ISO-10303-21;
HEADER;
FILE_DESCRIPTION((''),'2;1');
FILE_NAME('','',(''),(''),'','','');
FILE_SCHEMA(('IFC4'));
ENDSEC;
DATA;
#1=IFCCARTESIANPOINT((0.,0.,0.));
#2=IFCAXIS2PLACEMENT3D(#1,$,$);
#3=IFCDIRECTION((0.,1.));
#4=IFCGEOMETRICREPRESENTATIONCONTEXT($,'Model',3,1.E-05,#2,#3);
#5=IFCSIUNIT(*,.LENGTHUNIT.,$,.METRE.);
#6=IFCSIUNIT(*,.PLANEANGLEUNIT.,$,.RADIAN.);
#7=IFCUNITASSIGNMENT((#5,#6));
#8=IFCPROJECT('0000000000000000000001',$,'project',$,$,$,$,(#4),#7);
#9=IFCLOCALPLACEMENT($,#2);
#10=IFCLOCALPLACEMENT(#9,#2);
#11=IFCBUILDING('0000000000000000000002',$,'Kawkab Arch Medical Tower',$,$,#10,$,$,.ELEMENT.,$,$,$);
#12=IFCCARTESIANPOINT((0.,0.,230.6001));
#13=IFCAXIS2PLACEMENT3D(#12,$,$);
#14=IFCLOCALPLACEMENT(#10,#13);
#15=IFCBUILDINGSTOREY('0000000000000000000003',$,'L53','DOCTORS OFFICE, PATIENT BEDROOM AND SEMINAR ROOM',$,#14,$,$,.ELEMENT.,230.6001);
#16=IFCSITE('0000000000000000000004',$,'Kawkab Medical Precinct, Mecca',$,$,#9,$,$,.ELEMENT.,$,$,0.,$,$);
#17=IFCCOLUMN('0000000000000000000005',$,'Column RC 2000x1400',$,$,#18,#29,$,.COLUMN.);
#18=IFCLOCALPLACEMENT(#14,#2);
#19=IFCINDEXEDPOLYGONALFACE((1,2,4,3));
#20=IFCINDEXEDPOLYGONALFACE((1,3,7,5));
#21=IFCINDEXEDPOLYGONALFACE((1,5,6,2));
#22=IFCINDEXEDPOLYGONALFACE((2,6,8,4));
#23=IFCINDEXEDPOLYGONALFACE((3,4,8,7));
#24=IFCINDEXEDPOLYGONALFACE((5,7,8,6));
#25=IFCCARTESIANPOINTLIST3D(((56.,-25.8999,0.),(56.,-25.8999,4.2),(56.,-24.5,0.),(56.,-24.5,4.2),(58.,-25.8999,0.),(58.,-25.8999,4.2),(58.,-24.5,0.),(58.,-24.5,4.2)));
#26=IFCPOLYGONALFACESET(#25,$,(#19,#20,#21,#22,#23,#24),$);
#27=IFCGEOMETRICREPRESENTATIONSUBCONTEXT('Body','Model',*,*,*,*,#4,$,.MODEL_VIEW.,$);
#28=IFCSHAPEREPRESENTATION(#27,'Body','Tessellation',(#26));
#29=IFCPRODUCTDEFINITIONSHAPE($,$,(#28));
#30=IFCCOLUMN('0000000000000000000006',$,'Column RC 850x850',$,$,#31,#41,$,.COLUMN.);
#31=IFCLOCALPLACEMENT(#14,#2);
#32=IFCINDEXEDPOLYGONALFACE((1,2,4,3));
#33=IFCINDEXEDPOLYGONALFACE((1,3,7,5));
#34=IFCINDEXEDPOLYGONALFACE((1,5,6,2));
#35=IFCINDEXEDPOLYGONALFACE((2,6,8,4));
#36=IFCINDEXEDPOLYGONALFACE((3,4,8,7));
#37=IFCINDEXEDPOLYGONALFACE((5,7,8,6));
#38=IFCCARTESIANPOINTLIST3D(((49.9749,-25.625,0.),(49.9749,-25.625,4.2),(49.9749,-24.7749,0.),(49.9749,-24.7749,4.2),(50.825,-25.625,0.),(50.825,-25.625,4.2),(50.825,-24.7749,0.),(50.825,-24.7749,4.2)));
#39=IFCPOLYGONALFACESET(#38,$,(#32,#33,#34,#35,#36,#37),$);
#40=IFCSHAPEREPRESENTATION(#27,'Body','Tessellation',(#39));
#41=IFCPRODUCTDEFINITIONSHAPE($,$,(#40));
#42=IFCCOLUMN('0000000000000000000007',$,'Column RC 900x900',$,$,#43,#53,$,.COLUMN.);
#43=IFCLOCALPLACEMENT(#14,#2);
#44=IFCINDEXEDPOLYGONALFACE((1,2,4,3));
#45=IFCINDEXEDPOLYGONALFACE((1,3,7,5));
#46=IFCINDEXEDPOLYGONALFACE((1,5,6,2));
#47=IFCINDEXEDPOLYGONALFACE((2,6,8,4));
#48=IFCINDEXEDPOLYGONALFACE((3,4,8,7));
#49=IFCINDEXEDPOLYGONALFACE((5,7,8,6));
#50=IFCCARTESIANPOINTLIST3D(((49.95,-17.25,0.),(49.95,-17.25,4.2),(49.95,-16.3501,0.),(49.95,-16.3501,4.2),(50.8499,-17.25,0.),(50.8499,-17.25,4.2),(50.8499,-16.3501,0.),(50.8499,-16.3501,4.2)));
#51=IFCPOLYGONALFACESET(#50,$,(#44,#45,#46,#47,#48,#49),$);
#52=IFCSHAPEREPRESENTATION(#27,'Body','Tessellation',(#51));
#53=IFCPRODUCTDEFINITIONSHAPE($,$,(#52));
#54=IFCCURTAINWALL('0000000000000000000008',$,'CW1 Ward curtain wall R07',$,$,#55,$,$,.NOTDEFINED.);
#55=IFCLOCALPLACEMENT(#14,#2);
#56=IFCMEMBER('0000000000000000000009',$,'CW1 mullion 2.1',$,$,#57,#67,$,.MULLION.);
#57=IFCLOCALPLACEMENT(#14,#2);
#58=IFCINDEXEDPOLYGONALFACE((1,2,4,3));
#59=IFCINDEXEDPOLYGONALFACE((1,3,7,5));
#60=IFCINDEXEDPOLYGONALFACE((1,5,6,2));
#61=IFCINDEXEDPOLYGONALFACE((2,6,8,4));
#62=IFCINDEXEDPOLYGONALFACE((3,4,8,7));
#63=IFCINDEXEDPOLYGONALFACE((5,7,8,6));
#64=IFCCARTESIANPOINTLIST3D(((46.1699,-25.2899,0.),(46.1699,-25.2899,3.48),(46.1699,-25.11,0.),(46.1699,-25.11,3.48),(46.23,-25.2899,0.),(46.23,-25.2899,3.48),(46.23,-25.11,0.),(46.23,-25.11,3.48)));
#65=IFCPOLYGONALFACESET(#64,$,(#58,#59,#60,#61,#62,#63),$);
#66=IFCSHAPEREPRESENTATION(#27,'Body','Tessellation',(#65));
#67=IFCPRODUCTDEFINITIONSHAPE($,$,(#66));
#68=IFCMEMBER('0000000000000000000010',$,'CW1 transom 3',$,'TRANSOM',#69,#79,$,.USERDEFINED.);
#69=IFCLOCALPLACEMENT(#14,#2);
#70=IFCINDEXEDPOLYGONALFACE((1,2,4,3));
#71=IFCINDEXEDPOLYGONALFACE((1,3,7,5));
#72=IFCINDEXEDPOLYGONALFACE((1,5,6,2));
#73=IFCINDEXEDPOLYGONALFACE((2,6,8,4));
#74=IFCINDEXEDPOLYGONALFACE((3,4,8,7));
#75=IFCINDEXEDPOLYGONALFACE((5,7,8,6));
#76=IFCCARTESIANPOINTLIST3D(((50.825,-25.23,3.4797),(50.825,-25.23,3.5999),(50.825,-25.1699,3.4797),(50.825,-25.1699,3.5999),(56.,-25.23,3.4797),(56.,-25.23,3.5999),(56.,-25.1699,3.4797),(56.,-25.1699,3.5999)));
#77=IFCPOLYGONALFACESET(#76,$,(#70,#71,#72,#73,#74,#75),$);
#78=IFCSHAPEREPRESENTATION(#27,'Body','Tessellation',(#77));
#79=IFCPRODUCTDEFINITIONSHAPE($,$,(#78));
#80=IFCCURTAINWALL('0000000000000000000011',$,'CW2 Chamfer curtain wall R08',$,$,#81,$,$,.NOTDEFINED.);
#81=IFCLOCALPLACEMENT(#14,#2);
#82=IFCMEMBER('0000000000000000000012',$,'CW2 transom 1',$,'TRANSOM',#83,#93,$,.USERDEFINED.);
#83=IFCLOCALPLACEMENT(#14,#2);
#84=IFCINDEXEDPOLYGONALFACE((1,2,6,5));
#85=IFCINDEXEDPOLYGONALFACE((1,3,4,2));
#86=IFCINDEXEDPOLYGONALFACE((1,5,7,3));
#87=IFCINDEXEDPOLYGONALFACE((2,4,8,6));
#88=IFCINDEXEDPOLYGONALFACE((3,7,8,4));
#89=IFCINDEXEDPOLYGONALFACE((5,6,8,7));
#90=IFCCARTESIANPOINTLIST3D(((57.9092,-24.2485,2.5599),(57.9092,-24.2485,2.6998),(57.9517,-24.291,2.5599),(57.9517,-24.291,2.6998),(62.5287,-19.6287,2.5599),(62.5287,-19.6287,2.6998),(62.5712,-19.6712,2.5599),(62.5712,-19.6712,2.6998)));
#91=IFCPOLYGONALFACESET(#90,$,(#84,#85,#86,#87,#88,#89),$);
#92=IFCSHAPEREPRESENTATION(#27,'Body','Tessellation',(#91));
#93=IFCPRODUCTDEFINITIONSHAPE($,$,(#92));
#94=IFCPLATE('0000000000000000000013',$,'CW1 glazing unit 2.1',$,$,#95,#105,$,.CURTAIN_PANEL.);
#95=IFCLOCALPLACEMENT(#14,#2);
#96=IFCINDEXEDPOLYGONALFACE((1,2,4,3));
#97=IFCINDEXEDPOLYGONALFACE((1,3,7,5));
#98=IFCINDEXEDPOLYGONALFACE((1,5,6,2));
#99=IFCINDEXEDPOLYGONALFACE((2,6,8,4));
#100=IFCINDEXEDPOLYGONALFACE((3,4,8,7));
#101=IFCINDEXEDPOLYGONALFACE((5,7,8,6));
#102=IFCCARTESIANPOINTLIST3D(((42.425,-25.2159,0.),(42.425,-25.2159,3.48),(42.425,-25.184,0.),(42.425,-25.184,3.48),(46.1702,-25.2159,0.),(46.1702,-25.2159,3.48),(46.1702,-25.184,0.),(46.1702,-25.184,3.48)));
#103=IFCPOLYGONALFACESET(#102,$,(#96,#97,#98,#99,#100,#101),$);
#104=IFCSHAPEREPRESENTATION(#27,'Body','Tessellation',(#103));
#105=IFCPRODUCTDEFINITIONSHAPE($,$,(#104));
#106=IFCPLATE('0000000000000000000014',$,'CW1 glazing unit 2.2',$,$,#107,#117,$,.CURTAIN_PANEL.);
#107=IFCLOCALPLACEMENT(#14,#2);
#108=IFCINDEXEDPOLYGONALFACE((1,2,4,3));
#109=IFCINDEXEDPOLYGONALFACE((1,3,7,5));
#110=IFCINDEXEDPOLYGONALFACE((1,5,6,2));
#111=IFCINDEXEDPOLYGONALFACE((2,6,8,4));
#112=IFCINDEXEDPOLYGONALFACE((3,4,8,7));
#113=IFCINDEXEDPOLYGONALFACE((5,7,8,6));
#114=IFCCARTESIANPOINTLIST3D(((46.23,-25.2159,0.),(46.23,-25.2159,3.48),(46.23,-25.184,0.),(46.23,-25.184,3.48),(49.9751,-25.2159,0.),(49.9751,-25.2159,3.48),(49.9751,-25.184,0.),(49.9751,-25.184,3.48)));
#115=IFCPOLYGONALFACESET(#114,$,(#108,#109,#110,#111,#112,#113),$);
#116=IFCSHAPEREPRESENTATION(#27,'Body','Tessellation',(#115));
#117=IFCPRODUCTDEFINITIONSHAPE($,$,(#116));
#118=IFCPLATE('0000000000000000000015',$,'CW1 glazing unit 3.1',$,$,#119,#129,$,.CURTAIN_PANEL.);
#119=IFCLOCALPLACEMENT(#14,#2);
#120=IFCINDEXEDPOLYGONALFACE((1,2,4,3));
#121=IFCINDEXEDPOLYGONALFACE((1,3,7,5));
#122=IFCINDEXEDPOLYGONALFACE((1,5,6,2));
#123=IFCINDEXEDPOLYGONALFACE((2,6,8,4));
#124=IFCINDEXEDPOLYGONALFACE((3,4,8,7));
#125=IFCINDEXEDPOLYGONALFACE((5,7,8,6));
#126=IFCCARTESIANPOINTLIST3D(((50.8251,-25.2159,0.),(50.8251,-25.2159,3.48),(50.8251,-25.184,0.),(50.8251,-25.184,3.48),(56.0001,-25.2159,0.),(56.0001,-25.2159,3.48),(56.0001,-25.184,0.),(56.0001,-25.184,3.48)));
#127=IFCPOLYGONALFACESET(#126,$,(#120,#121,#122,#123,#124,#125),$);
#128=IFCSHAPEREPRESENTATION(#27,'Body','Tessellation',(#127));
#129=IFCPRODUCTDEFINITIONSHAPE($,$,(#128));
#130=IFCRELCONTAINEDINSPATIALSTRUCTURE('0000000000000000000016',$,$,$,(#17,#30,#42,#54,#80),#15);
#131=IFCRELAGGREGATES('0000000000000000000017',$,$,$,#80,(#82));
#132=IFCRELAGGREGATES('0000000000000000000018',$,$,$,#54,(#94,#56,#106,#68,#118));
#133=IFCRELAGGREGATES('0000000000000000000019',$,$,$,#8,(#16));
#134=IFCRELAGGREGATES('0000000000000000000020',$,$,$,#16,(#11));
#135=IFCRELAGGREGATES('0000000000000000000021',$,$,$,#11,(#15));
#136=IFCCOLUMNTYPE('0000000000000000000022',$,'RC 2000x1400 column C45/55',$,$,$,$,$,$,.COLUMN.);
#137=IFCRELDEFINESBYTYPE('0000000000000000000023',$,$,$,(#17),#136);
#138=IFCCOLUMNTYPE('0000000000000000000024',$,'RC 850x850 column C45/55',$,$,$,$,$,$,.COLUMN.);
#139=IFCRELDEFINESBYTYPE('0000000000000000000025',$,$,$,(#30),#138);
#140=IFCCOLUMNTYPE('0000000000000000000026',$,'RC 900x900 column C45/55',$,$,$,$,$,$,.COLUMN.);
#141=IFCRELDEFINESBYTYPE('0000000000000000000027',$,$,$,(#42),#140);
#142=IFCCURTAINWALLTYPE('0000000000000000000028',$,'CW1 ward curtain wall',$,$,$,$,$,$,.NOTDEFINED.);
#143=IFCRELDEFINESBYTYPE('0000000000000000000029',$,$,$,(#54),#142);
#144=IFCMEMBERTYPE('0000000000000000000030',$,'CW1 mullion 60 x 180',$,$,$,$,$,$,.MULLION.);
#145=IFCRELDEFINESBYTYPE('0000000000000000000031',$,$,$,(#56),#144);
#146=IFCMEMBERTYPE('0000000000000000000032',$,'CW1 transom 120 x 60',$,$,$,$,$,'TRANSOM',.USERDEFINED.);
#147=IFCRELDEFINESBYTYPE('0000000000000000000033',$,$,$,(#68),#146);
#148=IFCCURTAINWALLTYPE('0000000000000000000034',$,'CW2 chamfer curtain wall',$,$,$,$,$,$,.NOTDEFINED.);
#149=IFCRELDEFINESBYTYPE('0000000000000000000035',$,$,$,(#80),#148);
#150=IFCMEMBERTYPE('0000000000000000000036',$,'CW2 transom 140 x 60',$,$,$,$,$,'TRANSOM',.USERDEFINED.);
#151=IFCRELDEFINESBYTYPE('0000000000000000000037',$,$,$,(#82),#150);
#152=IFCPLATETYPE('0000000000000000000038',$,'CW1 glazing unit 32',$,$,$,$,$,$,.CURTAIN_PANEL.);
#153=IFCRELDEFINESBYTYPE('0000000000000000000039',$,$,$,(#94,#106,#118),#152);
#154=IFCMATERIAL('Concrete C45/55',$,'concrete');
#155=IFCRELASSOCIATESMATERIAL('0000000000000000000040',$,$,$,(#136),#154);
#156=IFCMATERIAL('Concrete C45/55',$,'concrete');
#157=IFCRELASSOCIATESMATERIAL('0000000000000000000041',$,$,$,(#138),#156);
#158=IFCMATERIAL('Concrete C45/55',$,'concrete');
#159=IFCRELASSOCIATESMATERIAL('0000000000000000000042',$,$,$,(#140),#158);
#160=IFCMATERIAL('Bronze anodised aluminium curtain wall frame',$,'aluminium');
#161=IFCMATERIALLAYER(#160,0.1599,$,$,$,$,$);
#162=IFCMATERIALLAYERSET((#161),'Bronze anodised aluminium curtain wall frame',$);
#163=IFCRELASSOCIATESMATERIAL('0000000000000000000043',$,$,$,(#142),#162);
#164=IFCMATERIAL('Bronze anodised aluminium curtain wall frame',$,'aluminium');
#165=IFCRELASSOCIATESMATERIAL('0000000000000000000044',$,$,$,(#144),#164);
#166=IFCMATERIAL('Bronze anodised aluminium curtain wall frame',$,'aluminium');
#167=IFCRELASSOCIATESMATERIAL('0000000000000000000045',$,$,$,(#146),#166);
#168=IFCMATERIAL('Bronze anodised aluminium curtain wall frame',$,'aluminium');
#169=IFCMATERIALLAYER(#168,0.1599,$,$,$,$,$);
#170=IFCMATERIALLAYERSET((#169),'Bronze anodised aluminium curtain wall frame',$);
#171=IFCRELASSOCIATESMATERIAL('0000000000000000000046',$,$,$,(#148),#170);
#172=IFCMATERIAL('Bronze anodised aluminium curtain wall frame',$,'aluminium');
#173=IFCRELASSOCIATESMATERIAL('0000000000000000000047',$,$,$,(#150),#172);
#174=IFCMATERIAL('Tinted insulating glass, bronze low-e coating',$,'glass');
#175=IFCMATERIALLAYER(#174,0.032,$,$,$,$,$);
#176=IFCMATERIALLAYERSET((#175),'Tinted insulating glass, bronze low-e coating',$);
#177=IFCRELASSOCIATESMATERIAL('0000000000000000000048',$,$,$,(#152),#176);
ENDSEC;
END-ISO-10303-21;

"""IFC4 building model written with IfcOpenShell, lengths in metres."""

from ifc_helpers import new_model, si_unit, direction, frame, origin, origin_2d, place, context, subcontext, project, spatial, rectangle, extrude, material, layer, layer_set, material_profile, profile_set, type_object, element, aggregate, save


model = new_model("IFC4")

# Units and contexts
model_context = context("Model", 3, precision=1e-05, world=origin(), true_north=direction((0.0, 1.0)))
body_context = subcontext(model_context, "Body", "Model", "MODEL_VIEW")
ifc_project = project(units=[si_unit("LENGTHUNIT", "METRE"), si_unit("PLANEANGLEUNIT", "RADIAN")], contexts=[model_context])

# Site, building, storey
site_placement = place(None, origin())
site = spatial("IfcSite", under=ifc_project, at=site_placement, Name="Kawkab Medical Precinct, Mecca", CompositionType="ELEMENT", RefElevation=0.0)
building_placement = place(site_placement, origin())
building = spatial("IfcBuilding", under=site, at=building_placement, Name="Kawkab Arch Medical Tower", CompositionType="ELEMENT")
storey_placement = place(building_placement, frame((0.0, 0.0, 230.6001)))
storey = spatial("IfcBuildingStorey", under=building, at=storey_placement, Name="L53", Description="DOCTORS OFFICE, PATIENT BEDROOM AND SEMINAR ROOM", CompositionType="ELEMENT", Elevation=230.6001)

# Columns
ifc_material_1 = material(Name="Concrete C45/55", Category="concrete")
ifc_material_profile_1 = material_profile(ifc_material_1, rectangle(XDim=2.0, YDim=1.3999, at=origin_2d()), Name="RC 2000x1400")
ifc_profile_set_1 = profile_set([ifc_material_profile_1], Name="Concrete C45/55")
column_type_1 = type_object("IfcColumnType", Name="RC 2000x1400 column C45/55", PredefinedType="COLUMN", material=ifc_profile_set_1)
column_1_placement = place(storey_placement, frame((57.0, -25.2, 0.0), z_axis=(0.0, 0.0, 1.0), x_axis=(-1.0, 0.0, 0.0)))
element("IfcColumn", 1, at=column_1_placement, inside=storey, type_object=column_type_1, Name="Column RC 2000x1400", PredefinedType="COLUMN", context=body_context, shape_type="SweptSolid", body=[
    extrude(rectangle(XDim=2.0, YDim=1.3999, at=origin_2d()), origin(), (0.0, 0.0, 1.0), 4.2),
])
ifc_material_2 = material(Name="Concrete C45/55", Category="concrete")
ifc_material_profile_2 = material_profile(ifc_material_2, rectangle(XDim=0.8501, YDim=0.8501, at=origin_2d()), Name="RC 850x850")
ifc_profile_set_2 = profile_set([ifc_material_profile_2], Name="Concrete C45/55")
column_type_2 = type_object("IfcColumnType", Name="RC 850x850 column C45/55", PredefinedType="COLUMN", material=ifc_profile_set_2)
column_2_placement = place(storey_placement, frame((50.3999, -25.2, 0.0), z_axis=(0.0, 0.0, 1.0), x_axis=(1.0, 0.0, 0.0)))
element("IfcColumn", 2, at=column_2_placement, inside=storey, type_object=column_type_2, Name="Column RC 850x850", PredefinedType="COLUMN", context=body_context, shape_type="SweptSolid", body=[
    extrude(rectangle(XDim=0.8501, YDim=0.8501, at=origin_2d()), origin(), (0.0, 0.0, 1.0), 4.2),
])
ifc_material_3 = material(Name="Concrete C45/55", Category="concrete")
ifc_material_profile_3 = material_profile(ifc_material_3, rectangle(XDim=0.8999, YDim=0.8999, at=origin_2d()), Name="RC 900x900")
ifc_profile_set_3 = profile_set([ifc_material_profile_3], Name="Concrete C45/55")
column_type_3 = type_object("IfcColumnType", Name="RC 900x900 column C45/55", PredefinedType="COLUMN", material=ifc_profile_set_3)
column_3_placement = place(storey_placement, frame((50.3999, -16.8, 0.0), z_axis=(0.0, 0.0, 1.0), x_axis=(1.0, 0.0, 0.0)))
element("IfcColumn", 3, at=column_3_placement, inside=storey, type_object=column_type_3, Name="Column RC 900x900", PredefinedType="COLUMN", context=body_context, shape_type="SweptSolid", body=[
    extrude(rectangle(XDim=0.8999, YDim=0.8999, at=origin_2d()), origin(), (0.0, 0.0, 1.0), 4.2),
])

# Curtain wall, members
ifc_material_4 = material(Name="Bronze anodised aluminium curtain wall frame", Category="aluminium")
ifc_layer_1 = layer(ifc_material_4, 0.1599)
ifc_layer_set_1 = layer_set([ifc_layer_1], Name="Bronze anodised aluminium curtain wall frame")
curtain_wall_type_1 = type_object("IfcCurtainWallType", Name="CW1 ward curtain wall", PredefinedType="NOTDEFINED", material=ifc_layer_set_1)
placement = place(storey_placement, origin())
curtain_wall_1 = element("IfcCurtainWall", 4, at=placement, inside=storey, type_object=curtain_wall_type_1, Name="CW1 Ward curtain wall R07", PredefinedType="NOTDEFINED")
ifc_material_5 = material(Name="Bronze anodised aluminium curtain wall frame", Category="aluminium")
ifc_material_profile_4 = material_profile(ifc_material_5, rectangle(XDim=0.1799, YDim=0.0601, at=origin_2d()), Name="AL 60x180")
ifc_profile_set_4 = profile_set([ifc_material_profile_4], Name="Bronze anodised aluminium curtain wall frame")
member_type_1 = type_object("IfcMemberType", Name="CW1 mullion 60 x 180", PredefinedType="MULLION", material=ifc_profile_set_4)
member_1_placement = place(storey_placement, frame((46.2, -25.2, 0.0), z_axis=(0.0, 0.0, 1.0), x_axis=(0.0, 1.0, 0.0)))
member_1 = element("IfcMember", 5, at=member_1_placement, type_object=member_type_1, Name="CW1 mullion 2.1", PredefinedType="MULLION", context=body_context, shape_type="SweptSolid", body=[
    extrude(rectangle(XDim=0.1799, YDim=0.0601, at=origin_2d()), origin(), (0.0, 0.0, 1.0), 3.48),
])
ifc_material_6 = material(Name="Bronze anodised aluminium curtain wall frame", Category="aluminium")
ifc_material_profile_5 = material_profile(ifc_material_6, rectangle(XDim=0.0601, YDim=0.1201, at=origin_2d()), Name="AL 60x120")
ifc_profile_set_5 = profile_set([ifc_material_profile_5], Name="Bronze anodised aluminium curtain wall frame")
member_type_2 = type_object("IfcMemberType", Name="CW1 transom 120 x 60", ElementType="TRANSOM", PredefinedType="USERDEFINED", material=ifc_profile_set_5)
member_2_placement = place(storey_placement, frame((50.825, -25.2, 3.5398), z_axis=(1.0, 0.0, 0.0), x_axis=(0.0, 1.0, 0.0)))
member_2 = element("IfcMember", 6, at=member_2_placement, type_object=member_type_2, Name="CW1 transom 3", ObjectType="TRANSOM", PredefinedType="USERDEFINED", context=body_context, shape_type="SweptSolid", body=[
    extrude(rectangle(XDim=0.0601, YDim=0.1201, at=origin_2d()), origin(), (0.0, 0.0, 1.0), 5.175),
])

# Curtain wall, member
ifc_material_7 = material(Name="Bronze anodised aluminium curtain wall frame", Category="aluminium")
ifc_layer_2 = layer(ifc_material_7, 0.1599)
ifc_layer_set_2 = layer_set([ifc_layer_2], Name="Bronze anodised aluminium curtain wall frame")
curtain_wall_type_2 = type_object("IfcCurtainWallType", Name="CW2 chamfer curtain wall", PredefinedType="NOTDEFINED", material=ifc_layer_set_2)
curtain_wall_2 = element("IfcCurtainWall", 7, at=placement, inside=storey, type_object=curtain_wall_type_2, Name="CW2 Chamfer curtain wall R08", PredefinedType="NOTDEFINED")
ifc_material_8 = material(Name="Bronze anodised aluminium curtain wall frame", Category="aluminium")
ifc_material_profile_6 = material_profile(ifc_material_8, rectangle(XDim=0.0601, YDim=0.1399, at=origin_2d()), Name="AL 60x140")
ifc_profile_set_6 = profile_set([ifc_material_profile_6], Name="Bronze anodised aluminium curtain wall frame")
member_type_3 = type_object("IfcMemberType", Name="CW2 transom 140 x 60", ElementType="TRANSOM", PredefinedType="USERDEFINED", material=ifc_profile_set_6)
member_3_placement = place(storey_placement, frame((57.9304, -24.2698, 2.6299), z_axis=(0.707088, 0.707125, 0.0), x_axis=(-0.707125, 0.707088, 0.0)))
member_3 = element("IfcMember", 8, at=member_3_placement, type_object=member_type_3, Name="CW2 transom 1", ObjectType="TRANSOM", PredefinedType="USERDEFINED", context=body_context, shape_type="SweptSolid", body=[
    extrude(rectangle(XDim=0.0601, YDim=0.1399, at=origin_2d()), origin(), (0.0, 0.0, 1.0), 6.5332),
])
aggregate(curtain_wall_2, [member_3])

# Plates
ifc_material_9 = material(Name="Tinted insulating glass, bronze low-e coating", Category="glass")
ifc_layer_3 = layer(ifc_material_9, 0.032)
ifc_layer_set_3 = layer_set([ifc_layer_3], Name="Tinted insulating glass, bronze low-e coating")
plate_type = type_object("IfcPlateType", Name="CW1 glazing unit 32", PredefinedType="CURTAIN_PANEL", material=ifc_layer_set_3)
plate_1_placement = place(storey_placement, frame((44.2976, -25.2, 0.0), z_axis=(0.0, 0.0, 1.0), x_axis=(1.0, 0.0, 0.0)))
plate_1 = element("IfcPlate", 9, at=plate_1_placement, type_object=plate_type, Name="CW1 glazing unit 2.1", PredefinedType="CURTAIN_PANEL", context=body_context, shape_type="SweptSolid", body=[
    extrude(rectangle(XDim=3.7451, YDim=0.032, at=origin_2d()), origin(), (0.0, 0.0, 1.0), 3.48),
])
plate_2_placement = place(storey_placement, frame((48.1025, -25.2, 0.0), z_axis=(0.0, 0.0, 1.0), x_axis=(1.0, 0.0, 0.0)))
plate_2 = element("IfcPlate", 10, at=plate_2_placement, type_object=plate_type, Name="CW1 glazing unit 2.2", PredefinedType="CURTAIN_PANEL", context=body_context, shape_type="SweptSolid", body=[
    extrude(rectangle(XDim=3.7451, YDim=0.032, at=origin_2d()), origin(), (0.0, 0.0, 1.0), 3.48),
])
plate_3_placement = place(storey_placement, frame((53.4126, -25.2, 0.0), z_axis=(0.0, 0.0, 1.0), x_axis=(1.0, 0.0, 0.0)))
plate_3 = element("IfcPlate", 11, at=plate_3_placement, type_object=plate_type, Name="CW1 glazing unit 3.1", PredefinedType="CURTAIN_PANEL", context=body_context, shape_type="SweptSolid", body=[
    extrude(rectangle(XDim=5.175, YDim=0.032, at=origin_2d()), origin(), (0.0, 0.0, 1.0), 3.48),
])
aggregate(curtain_wall_1, [plate_1, member_1, plate_2, member_2, plate_3])

save(model, "model.ifc")
